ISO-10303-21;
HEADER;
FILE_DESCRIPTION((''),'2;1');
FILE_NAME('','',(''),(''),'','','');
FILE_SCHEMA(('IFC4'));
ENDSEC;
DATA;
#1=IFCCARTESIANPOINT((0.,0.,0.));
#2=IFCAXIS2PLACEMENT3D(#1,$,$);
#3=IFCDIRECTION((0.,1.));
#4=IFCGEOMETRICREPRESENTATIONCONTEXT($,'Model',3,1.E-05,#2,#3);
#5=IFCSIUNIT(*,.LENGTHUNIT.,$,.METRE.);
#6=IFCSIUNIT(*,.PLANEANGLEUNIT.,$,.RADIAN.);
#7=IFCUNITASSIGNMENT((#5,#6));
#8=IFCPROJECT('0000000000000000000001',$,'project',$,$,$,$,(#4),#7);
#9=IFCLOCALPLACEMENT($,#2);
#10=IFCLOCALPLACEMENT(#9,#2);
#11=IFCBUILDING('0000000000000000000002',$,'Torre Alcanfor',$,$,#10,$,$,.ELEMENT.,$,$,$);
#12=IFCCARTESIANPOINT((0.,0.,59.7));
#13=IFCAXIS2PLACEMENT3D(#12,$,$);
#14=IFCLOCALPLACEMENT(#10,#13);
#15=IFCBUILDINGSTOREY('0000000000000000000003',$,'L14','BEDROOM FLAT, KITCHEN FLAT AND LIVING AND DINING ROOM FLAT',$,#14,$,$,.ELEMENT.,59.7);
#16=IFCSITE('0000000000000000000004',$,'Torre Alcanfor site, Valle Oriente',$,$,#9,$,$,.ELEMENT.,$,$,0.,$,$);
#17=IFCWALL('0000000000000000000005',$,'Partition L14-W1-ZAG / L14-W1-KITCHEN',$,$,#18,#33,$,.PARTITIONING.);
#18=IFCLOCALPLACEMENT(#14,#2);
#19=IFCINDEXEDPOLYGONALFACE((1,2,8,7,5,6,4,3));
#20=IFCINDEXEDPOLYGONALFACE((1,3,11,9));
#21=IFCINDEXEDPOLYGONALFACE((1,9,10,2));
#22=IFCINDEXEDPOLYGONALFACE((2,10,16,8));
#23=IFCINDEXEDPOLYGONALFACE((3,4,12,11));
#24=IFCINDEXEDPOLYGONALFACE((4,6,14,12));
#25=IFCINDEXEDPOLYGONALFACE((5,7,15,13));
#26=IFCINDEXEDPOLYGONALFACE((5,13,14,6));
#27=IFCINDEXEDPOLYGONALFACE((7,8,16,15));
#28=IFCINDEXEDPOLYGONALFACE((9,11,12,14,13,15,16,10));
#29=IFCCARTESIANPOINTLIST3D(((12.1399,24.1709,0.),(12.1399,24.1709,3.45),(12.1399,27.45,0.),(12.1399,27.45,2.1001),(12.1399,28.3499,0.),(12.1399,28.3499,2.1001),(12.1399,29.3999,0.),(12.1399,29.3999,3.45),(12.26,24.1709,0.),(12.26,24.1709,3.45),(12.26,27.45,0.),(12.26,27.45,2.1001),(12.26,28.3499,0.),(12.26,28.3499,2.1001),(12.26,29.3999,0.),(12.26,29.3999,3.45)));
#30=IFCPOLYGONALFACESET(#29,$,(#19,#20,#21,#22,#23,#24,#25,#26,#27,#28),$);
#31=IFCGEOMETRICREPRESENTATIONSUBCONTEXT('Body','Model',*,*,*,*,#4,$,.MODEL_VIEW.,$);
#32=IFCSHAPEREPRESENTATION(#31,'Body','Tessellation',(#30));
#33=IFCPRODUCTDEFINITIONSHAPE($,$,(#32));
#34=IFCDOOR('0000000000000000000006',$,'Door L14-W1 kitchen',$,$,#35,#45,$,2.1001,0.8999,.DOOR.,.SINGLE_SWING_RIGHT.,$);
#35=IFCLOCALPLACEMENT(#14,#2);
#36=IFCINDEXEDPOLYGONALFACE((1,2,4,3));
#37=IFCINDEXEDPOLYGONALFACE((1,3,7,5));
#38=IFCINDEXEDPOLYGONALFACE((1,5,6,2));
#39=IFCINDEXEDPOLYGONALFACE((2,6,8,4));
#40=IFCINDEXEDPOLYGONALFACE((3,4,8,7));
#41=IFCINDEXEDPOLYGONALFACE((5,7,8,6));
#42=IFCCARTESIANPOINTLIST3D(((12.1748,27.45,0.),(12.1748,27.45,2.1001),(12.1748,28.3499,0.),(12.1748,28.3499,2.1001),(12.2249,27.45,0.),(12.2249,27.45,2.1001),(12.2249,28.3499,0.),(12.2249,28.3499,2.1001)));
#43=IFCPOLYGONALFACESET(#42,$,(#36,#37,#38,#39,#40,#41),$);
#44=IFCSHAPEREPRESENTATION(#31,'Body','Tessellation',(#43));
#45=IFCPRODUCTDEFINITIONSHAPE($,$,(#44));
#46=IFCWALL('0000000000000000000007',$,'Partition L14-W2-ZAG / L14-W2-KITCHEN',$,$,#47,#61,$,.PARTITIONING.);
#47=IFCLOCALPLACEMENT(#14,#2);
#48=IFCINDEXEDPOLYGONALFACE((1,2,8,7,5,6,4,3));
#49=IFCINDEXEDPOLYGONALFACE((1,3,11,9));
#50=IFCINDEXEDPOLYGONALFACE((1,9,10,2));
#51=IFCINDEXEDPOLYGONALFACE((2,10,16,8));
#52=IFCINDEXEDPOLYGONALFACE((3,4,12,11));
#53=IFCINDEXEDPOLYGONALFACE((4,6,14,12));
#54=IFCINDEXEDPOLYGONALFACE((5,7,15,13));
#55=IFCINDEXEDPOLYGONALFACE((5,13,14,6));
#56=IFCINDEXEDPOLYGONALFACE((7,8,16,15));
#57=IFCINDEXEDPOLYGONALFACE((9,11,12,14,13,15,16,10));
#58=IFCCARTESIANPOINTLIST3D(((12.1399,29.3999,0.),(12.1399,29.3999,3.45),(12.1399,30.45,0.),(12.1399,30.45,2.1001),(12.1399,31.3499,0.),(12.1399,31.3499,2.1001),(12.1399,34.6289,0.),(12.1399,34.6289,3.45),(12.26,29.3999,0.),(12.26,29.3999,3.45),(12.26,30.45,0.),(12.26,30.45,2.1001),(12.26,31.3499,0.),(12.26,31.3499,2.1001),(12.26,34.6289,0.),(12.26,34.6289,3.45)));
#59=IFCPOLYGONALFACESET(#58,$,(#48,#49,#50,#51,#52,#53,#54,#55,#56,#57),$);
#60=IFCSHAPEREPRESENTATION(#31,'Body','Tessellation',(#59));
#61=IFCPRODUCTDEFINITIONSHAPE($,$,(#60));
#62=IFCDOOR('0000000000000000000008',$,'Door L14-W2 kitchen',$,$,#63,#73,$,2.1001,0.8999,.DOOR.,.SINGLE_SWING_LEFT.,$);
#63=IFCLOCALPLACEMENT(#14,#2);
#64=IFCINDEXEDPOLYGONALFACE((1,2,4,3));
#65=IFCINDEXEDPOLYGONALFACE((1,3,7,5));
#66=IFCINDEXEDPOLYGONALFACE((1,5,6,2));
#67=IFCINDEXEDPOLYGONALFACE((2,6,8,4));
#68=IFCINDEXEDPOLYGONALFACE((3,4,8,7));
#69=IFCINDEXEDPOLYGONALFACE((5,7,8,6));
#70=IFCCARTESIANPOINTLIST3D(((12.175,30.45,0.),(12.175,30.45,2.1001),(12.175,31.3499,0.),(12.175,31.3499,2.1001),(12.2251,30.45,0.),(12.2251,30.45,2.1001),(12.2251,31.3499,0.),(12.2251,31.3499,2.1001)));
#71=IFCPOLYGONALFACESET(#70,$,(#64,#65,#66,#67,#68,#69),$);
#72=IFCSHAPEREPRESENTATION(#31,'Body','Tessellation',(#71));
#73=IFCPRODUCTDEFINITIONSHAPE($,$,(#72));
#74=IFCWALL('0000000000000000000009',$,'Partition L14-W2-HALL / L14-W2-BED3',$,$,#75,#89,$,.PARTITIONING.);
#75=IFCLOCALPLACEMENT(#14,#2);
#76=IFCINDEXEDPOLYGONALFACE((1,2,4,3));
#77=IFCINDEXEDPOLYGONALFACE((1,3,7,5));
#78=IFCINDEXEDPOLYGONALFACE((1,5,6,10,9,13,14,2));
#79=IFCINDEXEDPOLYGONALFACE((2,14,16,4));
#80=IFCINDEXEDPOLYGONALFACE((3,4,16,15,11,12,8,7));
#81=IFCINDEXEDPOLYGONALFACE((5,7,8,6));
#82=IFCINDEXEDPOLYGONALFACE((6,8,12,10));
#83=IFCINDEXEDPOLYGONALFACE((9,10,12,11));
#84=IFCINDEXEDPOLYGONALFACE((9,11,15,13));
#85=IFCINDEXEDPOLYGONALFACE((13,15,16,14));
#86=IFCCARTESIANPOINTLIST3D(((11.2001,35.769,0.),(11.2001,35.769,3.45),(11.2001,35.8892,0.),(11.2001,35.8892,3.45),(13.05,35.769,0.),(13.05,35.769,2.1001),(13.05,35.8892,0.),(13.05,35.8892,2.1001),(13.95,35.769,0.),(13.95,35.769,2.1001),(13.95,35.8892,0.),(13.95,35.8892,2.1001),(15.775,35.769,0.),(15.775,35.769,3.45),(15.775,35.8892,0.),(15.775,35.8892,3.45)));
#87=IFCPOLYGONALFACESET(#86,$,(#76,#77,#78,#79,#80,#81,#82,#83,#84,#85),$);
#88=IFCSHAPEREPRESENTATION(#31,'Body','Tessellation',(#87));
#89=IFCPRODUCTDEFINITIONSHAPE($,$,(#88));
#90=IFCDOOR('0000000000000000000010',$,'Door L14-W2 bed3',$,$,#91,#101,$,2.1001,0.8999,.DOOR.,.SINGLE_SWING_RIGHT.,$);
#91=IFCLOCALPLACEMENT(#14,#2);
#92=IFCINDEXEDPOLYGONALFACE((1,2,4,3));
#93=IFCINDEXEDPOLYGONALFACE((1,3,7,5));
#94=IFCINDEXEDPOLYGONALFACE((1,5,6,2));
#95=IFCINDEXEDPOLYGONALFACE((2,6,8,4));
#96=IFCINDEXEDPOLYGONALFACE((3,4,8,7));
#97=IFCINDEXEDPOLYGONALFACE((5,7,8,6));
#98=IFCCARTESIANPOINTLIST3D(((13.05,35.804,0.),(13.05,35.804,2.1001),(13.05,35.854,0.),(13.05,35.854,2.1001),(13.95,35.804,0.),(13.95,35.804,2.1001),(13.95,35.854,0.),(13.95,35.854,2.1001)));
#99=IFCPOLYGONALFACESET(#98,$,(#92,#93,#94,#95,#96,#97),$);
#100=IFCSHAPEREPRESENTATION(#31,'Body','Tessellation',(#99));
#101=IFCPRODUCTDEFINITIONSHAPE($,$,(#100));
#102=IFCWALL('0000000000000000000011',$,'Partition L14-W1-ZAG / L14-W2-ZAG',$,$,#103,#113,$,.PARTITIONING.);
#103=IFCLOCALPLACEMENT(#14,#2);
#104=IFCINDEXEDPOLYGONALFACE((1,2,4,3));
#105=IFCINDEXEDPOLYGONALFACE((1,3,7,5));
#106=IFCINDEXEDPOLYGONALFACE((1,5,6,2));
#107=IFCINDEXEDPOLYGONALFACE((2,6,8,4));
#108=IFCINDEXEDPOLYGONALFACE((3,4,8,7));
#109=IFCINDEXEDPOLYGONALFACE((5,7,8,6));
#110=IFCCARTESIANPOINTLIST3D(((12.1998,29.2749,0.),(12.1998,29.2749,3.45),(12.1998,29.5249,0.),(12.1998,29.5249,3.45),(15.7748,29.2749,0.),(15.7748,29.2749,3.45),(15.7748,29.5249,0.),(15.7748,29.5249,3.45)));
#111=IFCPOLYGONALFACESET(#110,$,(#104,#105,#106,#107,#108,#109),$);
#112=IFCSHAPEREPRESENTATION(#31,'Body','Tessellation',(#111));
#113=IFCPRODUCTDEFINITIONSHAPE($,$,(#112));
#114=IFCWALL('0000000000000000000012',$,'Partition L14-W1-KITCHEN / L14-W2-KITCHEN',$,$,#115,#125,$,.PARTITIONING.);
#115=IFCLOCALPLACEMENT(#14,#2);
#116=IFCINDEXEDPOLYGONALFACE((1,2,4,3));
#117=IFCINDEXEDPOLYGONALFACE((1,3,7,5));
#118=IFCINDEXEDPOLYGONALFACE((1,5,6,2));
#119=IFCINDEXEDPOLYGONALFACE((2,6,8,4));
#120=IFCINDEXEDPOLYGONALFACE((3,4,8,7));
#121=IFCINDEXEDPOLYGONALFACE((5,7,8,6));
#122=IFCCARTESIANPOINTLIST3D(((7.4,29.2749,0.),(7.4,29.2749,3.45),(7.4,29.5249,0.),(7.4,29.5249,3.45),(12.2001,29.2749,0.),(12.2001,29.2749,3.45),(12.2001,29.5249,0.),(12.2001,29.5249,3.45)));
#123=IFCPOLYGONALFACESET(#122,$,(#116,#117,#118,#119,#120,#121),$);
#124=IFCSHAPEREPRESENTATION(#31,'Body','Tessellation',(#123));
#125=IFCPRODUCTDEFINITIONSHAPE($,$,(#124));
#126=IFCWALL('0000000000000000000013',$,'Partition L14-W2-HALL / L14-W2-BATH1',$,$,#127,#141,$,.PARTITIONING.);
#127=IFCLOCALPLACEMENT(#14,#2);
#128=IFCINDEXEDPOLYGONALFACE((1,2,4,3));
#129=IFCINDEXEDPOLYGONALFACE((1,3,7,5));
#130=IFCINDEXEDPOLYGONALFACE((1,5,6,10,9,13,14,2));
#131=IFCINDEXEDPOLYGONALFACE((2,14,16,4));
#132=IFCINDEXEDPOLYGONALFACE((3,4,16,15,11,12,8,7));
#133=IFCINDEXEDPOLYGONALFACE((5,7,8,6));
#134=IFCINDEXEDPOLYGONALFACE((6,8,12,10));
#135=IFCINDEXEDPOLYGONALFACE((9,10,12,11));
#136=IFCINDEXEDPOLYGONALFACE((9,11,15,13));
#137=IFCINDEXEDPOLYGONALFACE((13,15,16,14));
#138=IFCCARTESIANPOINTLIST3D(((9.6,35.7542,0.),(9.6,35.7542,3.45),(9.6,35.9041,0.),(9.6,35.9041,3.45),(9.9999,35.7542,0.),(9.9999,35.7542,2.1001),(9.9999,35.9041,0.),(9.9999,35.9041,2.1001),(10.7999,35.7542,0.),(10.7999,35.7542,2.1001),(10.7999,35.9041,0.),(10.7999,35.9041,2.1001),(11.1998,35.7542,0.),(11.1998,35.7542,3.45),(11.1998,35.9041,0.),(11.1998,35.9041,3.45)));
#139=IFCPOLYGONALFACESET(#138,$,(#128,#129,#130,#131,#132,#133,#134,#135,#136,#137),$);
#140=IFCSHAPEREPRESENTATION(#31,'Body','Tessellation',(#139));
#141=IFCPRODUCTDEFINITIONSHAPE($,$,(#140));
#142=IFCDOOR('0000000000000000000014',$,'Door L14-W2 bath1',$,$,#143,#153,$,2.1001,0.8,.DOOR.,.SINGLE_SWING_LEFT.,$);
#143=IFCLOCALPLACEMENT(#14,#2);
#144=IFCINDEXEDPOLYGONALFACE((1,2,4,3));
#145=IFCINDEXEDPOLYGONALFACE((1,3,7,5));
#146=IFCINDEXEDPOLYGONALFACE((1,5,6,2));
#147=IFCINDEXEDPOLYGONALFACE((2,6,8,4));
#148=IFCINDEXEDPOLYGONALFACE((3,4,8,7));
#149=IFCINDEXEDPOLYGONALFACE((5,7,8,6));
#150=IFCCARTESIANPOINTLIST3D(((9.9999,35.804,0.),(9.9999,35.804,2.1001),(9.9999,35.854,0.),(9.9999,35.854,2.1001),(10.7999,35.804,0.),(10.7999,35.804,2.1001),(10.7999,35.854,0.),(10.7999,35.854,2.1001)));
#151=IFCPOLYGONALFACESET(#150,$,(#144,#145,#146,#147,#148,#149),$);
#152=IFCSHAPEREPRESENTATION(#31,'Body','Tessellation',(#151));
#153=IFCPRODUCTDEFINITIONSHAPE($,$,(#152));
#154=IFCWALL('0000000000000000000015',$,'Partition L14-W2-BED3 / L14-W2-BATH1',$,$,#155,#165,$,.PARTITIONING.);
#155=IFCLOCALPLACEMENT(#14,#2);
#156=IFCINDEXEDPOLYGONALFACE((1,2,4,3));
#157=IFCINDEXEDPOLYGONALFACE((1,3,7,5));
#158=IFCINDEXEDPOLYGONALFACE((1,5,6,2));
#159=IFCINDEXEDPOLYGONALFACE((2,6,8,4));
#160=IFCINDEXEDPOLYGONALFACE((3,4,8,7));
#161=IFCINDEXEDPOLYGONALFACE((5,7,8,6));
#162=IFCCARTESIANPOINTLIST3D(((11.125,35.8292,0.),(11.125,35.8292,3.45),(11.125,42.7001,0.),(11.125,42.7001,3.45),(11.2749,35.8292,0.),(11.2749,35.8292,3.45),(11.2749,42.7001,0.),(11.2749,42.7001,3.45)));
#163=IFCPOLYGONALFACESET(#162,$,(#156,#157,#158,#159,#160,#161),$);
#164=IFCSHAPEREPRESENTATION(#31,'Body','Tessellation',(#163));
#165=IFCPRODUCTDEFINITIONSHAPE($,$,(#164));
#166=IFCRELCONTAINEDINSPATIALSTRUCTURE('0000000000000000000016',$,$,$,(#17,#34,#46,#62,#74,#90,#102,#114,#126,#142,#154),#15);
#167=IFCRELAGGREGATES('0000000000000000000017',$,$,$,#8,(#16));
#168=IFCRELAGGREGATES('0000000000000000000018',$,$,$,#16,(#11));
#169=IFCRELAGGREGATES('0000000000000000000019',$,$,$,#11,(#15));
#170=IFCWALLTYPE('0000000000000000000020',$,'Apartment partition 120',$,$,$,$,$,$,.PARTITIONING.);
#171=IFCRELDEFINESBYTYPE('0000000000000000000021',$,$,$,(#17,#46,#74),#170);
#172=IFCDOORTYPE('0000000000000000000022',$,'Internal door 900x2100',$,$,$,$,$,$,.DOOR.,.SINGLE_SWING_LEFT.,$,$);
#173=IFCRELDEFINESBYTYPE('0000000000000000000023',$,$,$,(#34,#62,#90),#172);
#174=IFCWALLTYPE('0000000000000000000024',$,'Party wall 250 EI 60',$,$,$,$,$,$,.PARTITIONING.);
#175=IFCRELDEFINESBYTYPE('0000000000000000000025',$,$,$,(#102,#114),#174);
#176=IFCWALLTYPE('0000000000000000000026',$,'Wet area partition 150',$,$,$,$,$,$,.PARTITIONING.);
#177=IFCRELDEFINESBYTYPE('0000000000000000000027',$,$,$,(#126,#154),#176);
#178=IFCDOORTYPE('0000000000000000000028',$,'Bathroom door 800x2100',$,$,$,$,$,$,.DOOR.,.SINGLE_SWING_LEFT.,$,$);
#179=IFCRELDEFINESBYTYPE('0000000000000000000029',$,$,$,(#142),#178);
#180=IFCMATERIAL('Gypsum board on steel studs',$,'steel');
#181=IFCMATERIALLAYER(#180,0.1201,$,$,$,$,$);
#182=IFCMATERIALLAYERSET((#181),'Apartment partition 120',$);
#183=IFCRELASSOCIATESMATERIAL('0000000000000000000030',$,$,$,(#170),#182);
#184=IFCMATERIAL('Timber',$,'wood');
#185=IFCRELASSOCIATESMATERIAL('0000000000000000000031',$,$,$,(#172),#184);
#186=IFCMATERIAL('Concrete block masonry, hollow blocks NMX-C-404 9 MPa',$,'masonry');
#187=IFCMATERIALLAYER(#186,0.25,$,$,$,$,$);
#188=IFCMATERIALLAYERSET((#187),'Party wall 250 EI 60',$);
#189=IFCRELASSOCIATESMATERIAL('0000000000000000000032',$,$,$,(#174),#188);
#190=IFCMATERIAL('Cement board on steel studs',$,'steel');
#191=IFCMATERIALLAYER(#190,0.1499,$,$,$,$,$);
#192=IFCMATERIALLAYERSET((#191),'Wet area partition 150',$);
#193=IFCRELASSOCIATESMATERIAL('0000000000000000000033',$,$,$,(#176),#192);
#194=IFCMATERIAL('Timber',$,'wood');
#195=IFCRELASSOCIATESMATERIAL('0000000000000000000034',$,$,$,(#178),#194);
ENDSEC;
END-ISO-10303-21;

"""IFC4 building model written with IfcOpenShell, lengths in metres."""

from ifc_helpers import new_model, si_unit, direction, frame, frame_2d, origin, place, context, subcontext, project, spatial, rectangle, extrude, material, layer, layer_set, type_object, element, fill, save


model = new_model("IFC4")

# Units and contexts
model_context = context("Model", 3, precision=1e-05, world=origin(), true_north=direction((0.0, 1.0)))
body_context = subcontext(model_context, "Body", "Model", "MODEL_VIEW")
ifc_project = project(units=[si_unit("LENGTHUNIT", "METRE"), si_unit("PLANEANGLEUNIT", "RADIAN")], contexts=[model_context])

# Site, building, storey
site_placement = place(None, origin())
site = spatial("IfcSite", under=ifc_project, at=site_placement, Name="Torre Alcanfor site, Valle Oriente", CompositionType="ELEMENT", RefElevation=0.0)
building_placement = place(site_placement, origin())
building = spatial("IfcBuilding", under=site, at=building_placement, Name="Torre Alcanfor", CompositionType="ELEMENT")
storey_placement = place(building_placement, frame((0.0, 0.0, 59.7)))
storey = spatial("IfcBuildingStorey", under=building, at=storey_placement, Name="L14", Description="BEDROOM FLAT, KITCHEN FLAT AND LIVING AND DINING ROOM FLAT", CompositionType="ELEMENT", Elevation=59.7)

# Walls, openings, doors
ifc_material_1 = material(Name="Gypsum board on steel studs", Category="steel")
ifc_layer_1 = layer(ifc_material_1, 0.1201)
ifc_layer_set_1 = layer_set([ifc_layer_1], Name="Apartment partition 120")
wall_type_1 = type_object("IfcWallType", Name="Apartment partition 120", PredefinedType="PARTITIONING", material=ifc_layer_set_1)
wall_1_placement = place(storey_placement, frame((12.2, 29.3999, 0.0), z_axis=(0.0, 0.0, 1.0), x_axis=(0.0, -1.0, 0.0)))
wall_1 = element("IfcWall", 1, at=wall_1_placement, inside=storey, type_object=wall_type_1, Name="Partition L14-W1-ZAG / L14-W1-KITCHEN", PredefinedType="PARTITIONING", context=body_context, shape_type="SweptSolid", body=[
    extrude(rectangle(XDim=5.229, YDim=0.1201, at=frame_2d((2.6145, 0.0))), origin(), (0.0, 0.0, 1.0), 3.45),
])
opening_1_placement = place(wall_1_placement, frame((1.05, 0.0, 0.0)))
opening_1 = element("IfcOpeningElement", 2, at=opening_1_placement, cuts=wall_1, PredefinedType="OPENING", context=body_context, shape_type="SweptSolid", body=[
    extrude(rectangle(XDim=0.8999, YDim=2.1001, at=frame_2d((0.45, 1.05))), frame((0.0, 0.0701, 0.0), z_axis=(0.0, -1.0, 0.0), x_axis=(1.0, 0.0, 0.0)), (0.0, 0.0, 1.0), 0.1401),
])
ifc_material_2 = material(Name="Timber", Category="wood")
door_type_1 = type_object("IfcDoorType", Name="Internal door 900x2100", OperationType="SINGLE_SWING_LEFT", PredefinedType="DOOR", material=ifc_material_2)
door_1_placement = place(opening_1_placement, frame((0.8999, 0.0, 0.0), z_axis=(0.0, 0.0, 1.0), x_axis=(-1.0, 0.0, 0.0)))
door_1 = element("IfcDoor", 3, at=door_1_placement, inside=storey, type_object=door_type_1, Name="Door L14-W1 kitchen", OperationType="SINGLE_SWING_RIGHT", OverallHeight=2.1001, OverallWidth=0.8999, PredefinedType="DOOR", context=body_context, shape_type="SweptSolid", body=[
    extrude(rectangle(XDim=0.8999, YDim=2.1001, at=frame_2d((0.45, 1.05))), frame((0.0, 0.0251, 0.0), z_axis=(0.0, -1.0, 0.0), x_axis=(1.0, 0.0, 0.0)), (0.0, 0.0, 1.0), 0.05),
])
fill(opening_1, door_1)
wall_2_placement = place(storey_placement, frame((12.2, 29.3999, 0.0), z_axis=(0.0, 0.0, 1.0), x_axis=(0.0, 1.0, 0.0)))
wall_2 = element("IfcWall", 4, at=wall_2_placement, inside=storey, type_object=wall_type_1, Name="Partition L14-W2-ZAG / L14-W2-KITCHEN", PredefinedType="PARTITIONING", context=body_context, shape_type="SweptSolid", body=[
    extrude(rectangle(XDim=5.229, YDim=0.1201, at=frame_2d((2.6145, 0.0))), origin(), (0.0, 0.0, 1.0), 3.45),
])
opening_2_placement = place(wall_2_placement, frame((1.05, 0.0, 0.0)))
opening_2 = element("IfcOpeningElement", 5, at=opening_2_placement, cuts=wall_2, PredefinedType="OPENING", context=body_context, shape_type="SweptSolid", body=[
    extrude(rectangle(XDim=0.8999, YDim=2.1001, at=frame_2d((0.45, 1.05))), frame((0.0, 0.0701, 0.0), z_axis=(0.0, -1.0, 0.0), x_axis=(1.0, 0.0, 0.0)), (0.0, 0.0, 1.0), 0.1401),
])
door_2_placement = place(opening_2_placement, origin())
door_2 = element("IfcDoor", 6, at=door_2_placement, inside=storey, type_object=door_type_1, Name="Door L14-W2 kitchen", OperationType="SINGLE_SWING_LEFT", OverallHeight=2.1001, OverallWidth=0.8999, PredefinedType="DOOR", context=body_context, shape_type="SweptSolid", body=[
    extrude(rectangle(XDim=0.8999, YDim=2.1001, at=frame_2d((0.45, 1.05))), frame((0.0, 0.0249, 0.0), z_axis=(0.0, -1.0, 0.0), x_axis=(1.0, 0.0, 0.0)), (0.0, 0.0, 1.0), 0.05),
])
fill(opening_2, door_2)
wall_3_placement = place(storey_placement, frame((11.2, 35.8291, 0.0), z_axis=(0.0, 0.0, 1.0), x_axis=(1.0, 0.0, 0.0)))
wall_3 = element("IfcWall", 7, at=wall_3_placement, inside=storey, type_object=wall_type_1, Name="Partition L14-W2-HALL / L14-W2-BED3", PredefinedType="PARTITIONING", context=body_context, shape_type="SweptSolid", body=[
    extrude(rectangle(XDim=4.575, YDim=0.1201, at=frame_2d((2.2876, 0.0))), origin(), (0.0, 0.0, 1.0), 3.45),
])
opening_3_placement = place(wall_3_placement, frame((1.8501, 0.0, 0.0)))
opening_3 = element("IfcOpeningElement", 8, at=opening_3_placement, cuts=wall_3, PredefinedType="OPENING", context=body_context, shape_type="SweptSolid", body=[
    extrude(rectangle(XDim=0.8999, YDim=2.1001, at=frame_2d((0.45, 1.05))), frame((0.0, 0.0701, 0.0), z_axis=(0.0, -1.0, 0.0), x_axis=(1.0, 0.0, 0.0)), (0.0, 0.0, 1.0), 0.1401),
])
door_3_placement = place(opening_3_placement, origin())
door_3 = element("IfcDoor", 9, at=door_3_placement, inside=storey, type_object=door_type_1, Name="Door L14-W2 bed3", OperationType="SINGLE_SWING_RIGHT", OverallHeight=2.1001, OverallWidth=0.8999, PredefinedType="DOOR", context=body_context, shape_type="SweptSolid", body=[
    extrude(rectangle(XDim=0.8999, YDim=2.1001, at=frame_2d((0.45, 1.05))), frame((0.0, 0.0249, 0.0), z_axis=(0.0, -1.0, 0.0), x_axis=(1.0, 0.0, 0.0)), (0.0, 0.0, 1.0), 0.05),
])
fill(opening_3, door_3)

# Walls
ifc_material_3 = material(Name="Concrete block masonry, hollow blocks NMX-C-404 9 MPa", Category="masonry")
ifc_layer_2 = layer(ifc_material_3, 0.25)
ifc_layer_set_2 = layer_set([ifc_layer_2], Name="Party wall 250 EI 60")
wall_type_2 = type_object("IfcWallType", Name="Party wall 250 EI 60", PredefinedType="PARTITIONING", material=ifc_layer_set_2)
wall_4_placement = place(storey_placement, frame((15.7749, 29.3999, 0.0), z_axis=(0.0, 0.0, 1.0), x_axis=(-1.0, 0.0, 0.0)))
element("IfcWall", 10, at=wall_4_placement, inside=storey, type_object=wall_type_2, Name="Partition L14-W1-ZAG / L14-W2-ZAG", PredefinedType="PARTITIONING", context=body_context, shape_type="SweptSolid", body=[
    extrude(rectangle(XDim=3.575, YDim=0.25, at=frame_2d((1.7876, 0.0))), origin(), (0.0, 0.0, 1.0), 3.45),
])
wall_5_placement = place(storey_placement, frame((12.2, 29.3999, 0.0), z_axis=(0.0, 0.0, 1.0), x_axis=(-1.0, 0.0, 0.0)))
element("IfcWall", 11, at=wall_5_placement, inside=storey, type_object=wall_type_2, Name="Partition L14-W1-KITCHEN / L14-W2-KITCHEN", PredefinedType="PARTITIONING", context=body_context, shape_type="SweptSolid", body=[
    extrude(rectangle(XDim=4.8, YDim=0.25, at=frame_2d((2.3999, 0.0))), origin(), (0.0, 0.0, 1.0), 3.45),
])

# Wall, opening, door
ifc_material_4 = material(Name="Cement board on steel studs", Category="steel")
ifc_layer_3 = layer(ifc_material_4, 0.1499)
ifc_layer_set_3 = layer_set([ifc_layer_3], Name="Wet area partition 150")
wall_type_3 = type_object("IfcWallType", Name="Wet area partition 150", PredefinedType="PARTITIONING", material=ifc_layer_set_3)
wall_6_placement = place(storey_placement, frame((9.6001, 35.8291, 0.0), z_axis=(0.0, 0.0, 1.0), x_axis=(1.0, 0.0, 0.0)))
wall_6 = element("IfcWall", 12, at=wall_6_placement, inside=storey, type_object=wall_type_3, Name="Partition L14-W2-HALL / L14-W2-BATH1", PredefinedType="PARTITIONING", context=body_context, shape_type="SweptSolid", body=[
    extrude(rectangle(XDim=1.5999, YDim=0.1499, at=frame_2d((0.7998, 0.0))), origin(), (0.0, 0.0, 1.0), 3.45),
])
opening_4_placement = place(wall_6_placement, frame((0.3999, 0.0, 0.0)))
opening_4 = element("IfcOpeningElement", 13, at=opening_4_placement, cuts=wall_6, PredefinedType="OPENING", context=body_context, shape_type="SweptSolid", body=[
    extrude(rectangle(XDim=0.8, YDim=2.1001, at=frame_2d((0.3999, 1.05))), frame((0.0, 0.085, 0.0), z_axis=(0.0, -1.0, 0.0), x_axis=(1.0, 0.0, 0.0)), (0.0, 0.0, 1.0), 0.1699),
])
ifc_material_5 = material(Name="Timber", Category="wood")
door_type_2 = type_object("IfcDoorType", Name="Bathroom door 800x2100", OperationType="SINGLE_SWING_LEFT", PredefinedType="DOOR", material=ifc_material_5)
door_4_placement = place(opening_4_placement, origin())
door_4 = element("IfcDoor", 14, at=door_4_placement, inside=storey, type_object=door_type_2, Name="Door L14-W2 bath1", OperationType="SINGLE_SWING_LEFT", OverallHeight=2.1001, OverallWidth=0.8, PredefinedType="DOOR", context=body_context, shape_type="SweptSolid", body=[
    extrude(rectangle(XDim=0.8, YDim=2.1001, at=frame_2d((0.3999, 1.05))), frame((0.0, 0.0249, 0.0), z_axis=(0.0, -1.0, 0.0), x_axis=(1.0, 0.0, 0.0)), (0.0, 0.0, 1.0), 0.05),
])
fill(opening_4, door_4)

# Wall
for number, where, z_axis, x_axis, name in (
    (15, (11.2, 35.8291, 0.0), (0.0, 0.0, 1.0), (0.0, 1.0, 0.0), "Partition L14-W2-BED3 / L14-W2-BATH1"),
):
    element("IfcWall", number, at=place(storey_placement, frame(where, z_axis=z_axis, x_axis=x_axis)), inside=storey, type_object=wall_type_3, Name=name, PredefinedType="PARTITIONING", context=body_context, shape_type="SweptSolid", body=[
        extrude(rectangle(XDim=6.8708, YDim=0.1499, at=frame_2d((3.4355, 0.0))), origin(), (0.0, 0.0, 1.0), 3.45),
    ])

save(model, "model.ifc")
